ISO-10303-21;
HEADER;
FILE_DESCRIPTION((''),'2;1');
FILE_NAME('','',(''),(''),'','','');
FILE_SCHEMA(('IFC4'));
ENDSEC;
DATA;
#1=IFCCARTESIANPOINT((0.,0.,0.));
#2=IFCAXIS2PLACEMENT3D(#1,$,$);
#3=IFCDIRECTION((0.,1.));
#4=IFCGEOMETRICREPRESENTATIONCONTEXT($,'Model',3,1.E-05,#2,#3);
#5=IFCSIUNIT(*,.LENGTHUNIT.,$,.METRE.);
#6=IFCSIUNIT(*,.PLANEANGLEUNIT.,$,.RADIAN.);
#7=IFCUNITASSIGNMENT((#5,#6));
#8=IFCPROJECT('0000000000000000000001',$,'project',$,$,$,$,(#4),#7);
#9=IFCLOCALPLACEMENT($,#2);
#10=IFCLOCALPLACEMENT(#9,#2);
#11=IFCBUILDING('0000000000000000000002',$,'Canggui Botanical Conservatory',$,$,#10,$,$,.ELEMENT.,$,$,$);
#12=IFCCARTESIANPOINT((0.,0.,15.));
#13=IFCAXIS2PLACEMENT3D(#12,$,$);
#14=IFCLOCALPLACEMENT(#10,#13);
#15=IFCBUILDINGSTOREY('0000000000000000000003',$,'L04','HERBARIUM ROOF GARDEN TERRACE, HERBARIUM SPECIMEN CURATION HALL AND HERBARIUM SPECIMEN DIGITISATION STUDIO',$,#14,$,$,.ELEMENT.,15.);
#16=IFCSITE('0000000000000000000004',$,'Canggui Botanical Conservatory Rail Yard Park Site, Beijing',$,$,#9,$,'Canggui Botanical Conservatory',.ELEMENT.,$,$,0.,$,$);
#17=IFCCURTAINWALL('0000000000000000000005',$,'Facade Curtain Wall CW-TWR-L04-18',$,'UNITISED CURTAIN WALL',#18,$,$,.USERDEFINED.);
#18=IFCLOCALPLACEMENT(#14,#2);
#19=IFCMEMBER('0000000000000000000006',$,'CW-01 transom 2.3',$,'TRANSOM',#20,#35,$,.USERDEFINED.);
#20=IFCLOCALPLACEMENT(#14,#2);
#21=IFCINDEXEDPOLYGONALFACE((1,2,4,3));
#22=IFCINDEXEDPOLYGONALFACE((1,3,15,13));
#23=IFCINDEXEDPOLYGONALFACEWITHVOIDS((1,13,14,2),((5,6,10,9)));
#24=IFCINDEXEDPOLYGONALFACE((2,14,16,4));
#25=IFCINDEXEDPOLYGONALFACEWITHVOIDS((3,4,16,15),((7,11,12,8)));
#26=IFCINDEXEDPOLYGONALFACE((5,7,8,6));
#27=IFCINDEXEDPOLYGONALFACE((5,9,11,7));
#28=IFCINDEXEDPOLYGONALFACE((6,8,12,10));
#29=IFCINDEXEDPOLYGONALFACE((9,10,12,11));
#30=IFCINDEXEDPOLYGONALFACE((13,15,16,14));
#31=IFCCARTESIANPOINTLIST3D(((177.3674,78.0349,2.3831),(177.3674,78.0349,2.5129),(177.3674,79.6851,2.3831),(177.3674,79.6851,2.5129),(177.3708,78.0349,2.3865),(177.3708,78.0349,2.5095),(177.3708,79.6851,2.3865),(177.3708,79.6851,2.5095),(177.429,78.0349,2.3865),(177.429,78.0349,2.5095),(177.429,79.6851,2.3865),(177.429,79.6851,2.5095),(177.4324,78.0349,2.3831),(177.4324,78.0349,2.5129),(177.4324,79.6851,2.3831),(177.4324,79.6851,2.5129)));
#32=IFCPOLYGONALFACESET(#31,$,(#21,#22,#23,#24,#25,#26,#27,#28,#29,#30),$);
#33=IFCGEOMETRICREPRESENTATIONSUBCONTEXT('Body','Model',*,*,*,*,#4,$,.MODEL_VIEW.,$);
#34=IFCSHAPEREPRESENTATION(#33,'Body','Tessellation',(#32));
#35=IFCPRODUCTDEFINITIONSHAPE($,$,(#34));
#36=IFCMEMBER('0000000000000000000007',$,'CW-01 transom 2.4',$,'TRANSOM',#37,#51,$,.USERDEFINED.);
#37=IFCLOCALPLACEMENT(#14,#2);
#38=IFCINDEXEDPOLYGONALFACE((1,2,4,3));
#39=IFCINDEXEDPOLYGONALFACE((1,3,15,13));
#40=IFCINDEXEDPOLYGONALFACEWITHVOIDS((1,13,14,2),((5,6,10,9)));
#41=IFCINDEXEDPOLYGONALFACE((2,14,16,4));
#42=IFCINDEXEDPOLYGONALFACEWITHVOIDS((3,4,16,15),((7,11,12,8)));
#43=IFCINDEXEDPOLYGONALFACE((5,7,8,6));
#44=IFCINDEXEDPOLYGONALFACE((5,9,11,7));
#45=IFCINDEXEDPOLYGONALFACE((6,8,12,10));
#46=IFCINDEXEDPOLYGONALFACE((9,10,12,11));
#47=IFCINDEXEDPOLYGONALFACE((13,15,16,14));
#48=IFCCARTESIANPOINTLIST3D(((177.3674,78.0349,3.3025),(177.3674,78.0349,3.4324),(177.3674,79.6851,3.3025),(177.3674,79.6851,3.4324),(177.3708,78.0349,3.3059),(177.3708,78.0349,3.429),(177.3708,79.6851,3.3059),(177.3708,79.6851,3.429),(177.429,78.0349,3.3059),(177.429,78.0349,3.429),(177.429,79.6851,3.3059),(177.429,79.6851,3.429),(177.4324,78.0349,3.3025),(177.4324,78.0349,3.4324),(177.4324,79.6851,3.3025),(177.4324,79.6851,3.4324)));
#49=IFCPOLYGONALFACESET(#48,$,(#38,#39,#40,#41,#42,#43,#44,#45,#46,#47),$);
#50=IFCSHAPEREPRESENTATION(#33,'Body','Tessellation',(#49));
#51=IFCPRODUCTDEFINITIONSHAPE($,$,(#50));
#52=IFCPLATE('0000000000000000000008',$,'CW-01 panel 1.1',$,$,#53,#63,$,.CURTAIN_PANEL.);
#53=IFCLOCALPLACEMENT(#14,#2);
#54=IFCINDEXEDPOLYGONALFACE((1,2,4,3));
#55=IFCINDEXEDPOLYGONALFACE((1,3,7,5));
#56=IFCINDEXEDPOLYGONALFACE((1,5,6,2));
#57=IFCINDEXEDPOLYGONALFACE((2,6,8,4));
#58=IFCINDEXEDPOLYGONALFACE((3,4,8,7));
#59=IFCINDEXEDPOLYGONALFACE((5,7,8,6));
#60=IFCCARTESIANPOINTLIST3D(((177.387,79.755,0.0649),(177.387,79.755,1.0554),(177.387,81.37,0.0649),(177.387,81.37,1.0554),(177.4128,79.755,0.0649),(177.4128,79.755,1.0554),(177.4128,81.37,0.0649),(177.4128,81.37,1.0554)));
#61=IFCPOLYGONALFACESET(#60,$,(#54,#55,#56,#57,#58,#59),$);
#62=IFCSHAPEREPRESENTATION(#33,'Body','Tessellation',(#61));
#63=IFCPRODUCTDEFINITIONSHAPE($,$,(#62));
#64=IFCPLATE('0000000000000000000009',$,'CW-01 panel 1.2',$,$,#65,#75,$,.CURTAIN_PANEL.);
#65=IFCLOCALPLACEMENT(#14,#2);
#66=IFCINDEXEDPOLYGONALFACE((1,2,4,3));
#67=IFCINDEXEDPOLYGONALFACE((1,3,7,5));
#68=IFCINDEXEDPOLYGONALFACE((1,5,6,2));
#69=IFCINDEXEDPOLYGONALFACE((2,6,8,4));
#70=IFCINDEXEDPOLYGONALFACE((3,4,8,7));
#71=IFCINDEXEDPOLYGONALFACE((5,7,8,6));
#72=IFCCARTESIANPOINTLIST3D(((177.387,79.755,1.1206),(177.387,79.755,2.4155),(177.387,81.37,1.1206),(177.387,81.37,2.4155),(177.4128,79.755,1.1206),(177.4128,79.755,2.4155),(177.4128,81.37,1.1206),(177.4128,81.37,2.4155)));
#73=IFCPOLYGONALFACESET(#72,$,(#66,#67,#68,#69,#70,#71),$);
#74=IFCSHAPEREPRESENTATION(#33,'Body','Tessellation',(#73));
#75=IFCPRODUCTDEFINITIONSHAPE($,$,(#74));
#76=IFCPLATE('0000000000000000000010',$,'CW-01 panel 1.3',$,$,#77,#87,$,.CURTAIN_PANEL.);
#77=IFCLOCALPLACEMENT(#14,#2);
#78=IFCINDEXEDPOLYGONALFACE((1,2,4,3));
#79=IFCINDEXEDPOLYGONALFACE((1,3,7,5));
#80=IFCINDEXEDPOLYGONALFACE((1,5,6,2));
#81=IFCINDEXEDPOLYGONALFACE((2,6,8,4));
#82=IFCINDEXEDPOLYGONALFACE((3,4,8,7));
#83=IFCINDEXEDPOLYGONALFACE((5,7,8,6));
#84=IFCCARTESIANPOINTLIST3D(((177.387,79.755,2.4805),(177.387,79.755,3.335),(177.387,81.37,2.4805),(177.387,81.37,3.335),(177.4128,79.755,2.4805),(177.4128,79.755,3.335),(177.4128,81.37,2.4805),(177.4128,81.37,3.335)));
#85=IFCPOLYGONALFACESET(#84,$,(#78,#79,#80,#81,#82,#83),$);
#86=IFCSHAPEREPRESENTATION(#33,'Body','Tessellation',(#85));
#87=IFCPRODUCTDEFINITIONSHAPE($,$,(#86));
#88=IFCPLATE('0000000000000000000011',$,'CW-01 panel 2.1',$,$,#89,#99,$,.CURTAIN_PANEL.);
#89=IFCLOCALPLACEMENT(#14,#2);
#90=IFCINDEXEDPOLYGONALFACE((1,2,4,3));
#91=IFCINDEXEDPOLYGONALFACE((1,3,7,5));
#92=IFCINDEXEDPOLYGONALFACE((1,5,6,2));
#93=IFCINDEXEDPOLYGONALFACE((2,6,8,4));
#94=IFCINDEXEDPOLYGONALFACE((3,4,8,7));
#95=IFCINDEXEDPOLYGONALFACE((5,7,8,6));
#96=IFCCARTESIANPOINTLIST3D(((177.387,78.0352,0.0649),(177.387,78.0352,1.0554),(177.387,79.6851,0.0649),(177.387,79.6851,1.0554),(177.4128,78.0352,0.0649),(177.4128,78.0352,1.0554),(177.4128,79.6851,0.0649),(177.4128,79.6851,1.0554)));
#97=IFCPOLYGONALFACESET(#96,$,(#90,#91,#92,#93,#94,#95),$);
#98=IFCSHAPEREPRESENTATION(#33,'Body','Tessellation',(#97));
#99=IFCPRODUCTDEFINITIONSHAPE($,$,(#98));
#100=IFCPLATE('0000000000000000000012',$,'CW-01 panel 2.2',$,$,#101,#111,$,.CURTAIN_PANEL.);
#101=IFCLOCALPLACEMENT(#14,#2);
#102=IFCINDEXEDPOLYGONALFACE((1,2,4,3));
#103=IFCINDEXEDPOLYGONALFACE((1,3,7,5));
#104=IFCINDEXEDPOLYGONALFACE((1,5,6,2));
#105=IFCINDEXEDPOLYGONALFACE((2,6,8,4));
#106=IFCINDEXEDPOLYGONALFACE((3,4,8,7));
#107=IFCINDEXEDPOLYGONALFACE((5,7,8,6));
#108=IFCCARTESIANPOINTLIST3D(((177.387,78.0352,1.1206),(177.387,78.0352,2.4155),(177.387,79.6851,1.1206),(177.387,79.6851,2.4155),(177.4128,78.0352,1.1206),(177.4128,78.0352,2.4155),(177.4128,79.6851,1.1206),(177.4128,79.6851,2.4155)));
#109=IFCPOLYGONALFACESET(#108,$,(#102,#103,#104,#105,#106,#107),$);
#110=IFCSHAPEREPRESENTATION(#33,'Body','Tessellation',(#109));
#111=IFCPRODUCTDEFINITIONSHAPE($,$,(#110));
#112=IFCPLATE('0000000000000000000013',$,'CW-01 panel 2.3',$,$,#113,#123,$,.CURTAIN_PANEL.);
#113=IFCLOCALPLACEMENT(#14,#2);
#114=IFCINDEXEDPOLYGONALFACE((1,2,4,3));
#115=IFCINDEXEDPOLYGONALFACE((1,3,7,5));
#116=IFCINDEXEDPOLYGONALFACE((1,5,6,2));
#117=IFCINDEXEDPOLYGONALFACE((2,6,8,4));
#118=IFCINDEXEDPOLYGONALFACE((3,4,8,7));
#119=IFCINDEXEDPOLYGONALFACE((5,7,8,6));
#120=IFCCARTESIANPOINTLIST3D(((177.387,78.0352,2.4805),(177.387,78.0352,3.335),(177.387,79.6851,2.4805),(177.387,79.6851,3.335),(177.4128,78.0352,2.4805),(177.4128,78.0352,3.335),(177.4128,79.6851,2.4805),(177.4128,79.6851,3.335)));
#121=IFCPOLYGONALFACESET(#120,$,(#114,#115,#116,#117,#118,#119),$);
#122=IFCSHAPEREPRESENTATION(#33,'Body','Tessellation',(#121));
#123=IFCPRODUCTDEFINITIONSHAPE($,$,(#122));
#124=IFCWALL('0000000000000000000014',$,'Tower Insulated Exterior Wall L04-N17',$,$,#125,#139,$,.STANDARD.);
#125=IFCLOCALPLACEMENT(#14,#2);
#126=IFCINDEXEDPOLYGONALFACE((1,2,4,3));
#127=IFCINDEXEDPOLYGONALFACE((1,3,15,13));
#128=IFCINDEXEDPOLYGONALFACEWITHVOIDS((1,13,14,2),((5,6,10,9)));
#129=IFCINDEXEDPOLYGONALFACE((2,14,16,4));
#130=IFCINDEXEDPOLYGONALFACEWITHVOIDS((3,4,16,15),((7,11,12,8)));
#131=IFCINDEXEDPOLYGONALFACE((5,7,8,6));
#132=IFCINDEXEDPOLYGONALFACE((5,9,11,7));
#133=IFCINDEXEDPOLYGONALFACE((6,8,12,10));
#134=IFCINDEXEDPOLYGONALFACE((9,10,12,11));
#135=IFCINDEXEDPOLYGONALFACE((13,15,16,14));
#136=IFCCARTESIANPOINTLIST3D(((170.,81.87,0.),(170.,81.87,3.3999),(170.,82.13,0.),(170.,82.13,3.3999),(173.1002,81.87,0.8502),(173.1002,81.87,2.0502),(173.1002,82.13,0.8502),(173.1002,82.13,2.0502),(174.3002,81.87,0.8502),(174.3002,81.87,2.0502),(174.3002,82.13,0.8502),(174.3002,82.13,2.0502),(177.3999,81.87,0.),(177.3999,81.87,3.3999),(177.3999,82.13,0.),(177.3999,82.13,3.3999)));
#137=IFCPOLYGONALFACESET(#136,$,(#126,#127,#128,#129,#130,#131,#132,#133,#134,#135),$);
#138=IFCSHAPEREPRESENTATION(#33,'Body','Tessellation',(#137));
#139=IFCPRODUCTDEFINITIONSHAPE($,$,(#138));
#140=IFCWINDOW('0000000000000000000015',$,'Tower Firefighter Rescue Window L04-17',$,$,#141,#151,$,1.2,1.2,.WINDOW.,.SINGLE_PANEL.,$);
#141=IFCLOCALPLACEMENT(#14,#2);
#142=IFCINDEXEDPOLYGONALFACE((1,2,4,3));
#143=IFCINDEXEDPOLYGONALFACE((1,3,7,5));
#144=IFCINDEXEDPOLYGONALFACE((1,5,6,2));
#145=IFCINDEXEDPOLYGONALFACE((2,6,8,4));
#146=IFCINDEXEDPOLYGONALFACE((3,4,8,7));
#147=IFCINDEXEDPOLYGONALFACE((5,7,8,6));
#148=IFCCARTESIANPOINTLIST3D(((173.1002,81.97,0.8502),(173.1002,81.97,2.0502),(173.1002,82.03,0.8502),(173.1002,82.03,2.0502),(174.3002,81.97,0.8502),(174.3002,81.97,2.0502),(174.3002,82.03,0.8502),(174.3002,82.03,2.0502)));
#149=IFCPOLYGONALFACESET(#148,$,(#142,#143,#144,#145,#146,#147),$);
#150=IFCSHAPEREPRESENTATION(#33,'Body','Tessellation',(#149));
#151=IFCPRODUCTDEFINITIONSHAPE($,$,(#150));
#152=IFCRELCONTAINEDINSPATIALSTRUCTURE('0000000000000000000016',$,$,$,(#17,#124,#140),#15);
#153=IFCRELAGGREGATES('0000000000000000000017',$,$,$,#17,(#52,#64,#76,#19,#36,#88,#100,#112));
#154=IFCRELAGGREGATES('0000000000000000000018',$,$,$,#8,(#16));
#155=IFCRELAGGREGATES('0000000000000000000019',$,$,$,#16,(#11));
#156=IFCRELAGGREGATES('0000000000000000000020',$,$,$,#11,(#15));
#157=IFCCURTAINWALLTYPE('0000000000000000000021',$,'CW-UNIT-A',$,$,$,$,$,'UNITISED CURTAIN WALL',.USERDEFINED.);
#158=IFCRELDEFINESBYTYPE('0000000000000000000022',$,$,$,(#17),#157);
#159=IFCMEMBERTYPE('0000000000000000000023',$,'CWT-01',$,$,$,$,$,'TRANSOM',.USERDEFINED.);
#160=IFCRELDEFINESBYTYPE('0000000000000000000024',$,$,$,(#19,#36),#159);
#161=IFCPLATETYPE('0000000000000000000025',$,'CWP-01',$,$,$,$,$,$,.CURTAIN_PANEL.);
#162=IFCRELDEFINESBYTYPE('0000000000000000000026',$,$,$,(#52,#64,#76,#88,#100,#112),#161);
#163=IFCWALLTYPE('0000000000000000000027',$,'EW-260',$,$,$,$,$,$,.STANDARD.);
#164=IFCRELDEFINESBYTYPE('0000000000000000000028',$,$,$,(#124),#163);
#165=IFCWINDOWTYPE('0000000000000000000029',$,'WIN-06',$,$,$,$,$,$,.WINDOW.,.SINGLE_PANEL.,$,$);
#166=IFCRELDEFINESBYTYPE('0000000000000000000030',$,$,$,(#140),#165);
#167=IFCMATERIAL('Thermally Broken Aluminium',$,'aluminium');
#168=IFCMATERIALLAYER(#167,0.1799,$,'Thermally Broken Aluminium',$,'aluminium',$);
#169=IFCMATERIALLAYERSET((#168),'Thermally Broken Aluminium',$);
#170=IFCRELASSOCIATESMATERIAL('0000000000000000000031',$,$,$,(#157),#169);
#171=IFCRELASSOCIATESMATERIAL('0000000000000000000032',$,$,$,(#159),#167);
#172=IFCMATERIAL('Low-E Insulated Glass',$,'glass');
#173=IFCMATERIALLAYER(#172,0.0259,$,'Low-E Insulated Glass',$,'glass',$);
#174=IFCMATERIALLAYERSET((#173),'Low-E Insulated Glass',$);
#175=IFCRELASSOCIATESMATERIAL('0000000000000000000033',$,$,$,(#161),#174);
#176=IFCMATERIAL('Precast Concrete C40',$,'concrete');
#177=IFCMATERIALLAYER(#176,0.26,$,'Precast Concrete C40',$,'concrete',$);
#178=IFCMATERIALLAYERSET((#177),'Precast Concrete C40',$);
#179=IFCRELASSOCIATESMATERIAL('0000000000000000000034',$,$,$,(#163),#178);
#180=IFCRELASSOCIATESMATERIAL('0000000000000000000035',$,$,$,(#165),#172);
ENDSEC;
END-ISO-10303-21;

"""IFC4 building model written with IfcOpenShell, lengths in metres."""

from ifc_helpers import new_model, si_unit, direction, frame, frame_2d, origin, origin_2d, place, context, subcontext, project, spatial, rectangle, hollow_rectangle, extrude, material, layer, layer_set, material_profile, profile_set, type_object, element, fill, aggregate, save


model = new_model("IFC4")

# Units and contexts
model_context = context("Model", 3, precision=1e-05, world=origin(), true_north=direction((0.0, 1.0)))
body_context = subcontext(model_context, "Body", "Model", "MODEL_VIEW")
ifc_project = project(units=[si_unit("LENGTHUNIT", "METRE"), si_unit("PLANEANGLEUNIT", "RADIAN")], contexts=[model_context])

# Site, building, storey
site_placement = place(None, origin())
site = spatial("IfcSite", under=ifc_project, at=site_placement, Name="Canggui Botanical Conservatory Rail Yard Park Site, Beijing", LongName="Canggui Botanical Conservatory", CompositionType="ELEMENT", RefElevation=0.0)
building_placement = place(site_placement, origin())
building = spatial("IfcBuilding", under=site, at=building_placement, Name="Canggui Botanical Conservatory", CompositionType="ELEMENT")
storey_placement = place(building_placement, frame((0.0, 0.0, 15.0)))
storey = spatial("IfcBuildingStorey", under=building, at=storey_placement, Name="L04", Description="HERBARIUM ROOF GARDEN TERRACE, HERBARIUM SPECIMEN CURATION HALL AND HERBARIUM SPECIMEN DIGITISATION STUDIO", CompositionType="ELEMENT", Elevation=15.0)

# Curtain wall, members, plates
ifc_material_1 = material(Name="Thermally Broken Aluminium", Category="aluminium")
ifc_layer_1 = layer(ifc_material_1, 0.1799, Name="Thermally Broken Aluminium", Category="aluminium")
ifc_layer_set_1 = layer_set([ifc_layer_1], Name="Thermally Broken Aluminium")
curtain_wall_type = type_object("IfcCurtainWallType", Name="CW-UNIT-A", ElementType="UNITISED CURTAIN WALL", PredefinedType="USERDEFINED", material=ifc_layer_set_1)
curtain_wall_placement = place(storey_placement, origin())
curtain_wall = element("IfcCurtainWall", 1, at=curtain_wall_placement, inside=storey, type_object=curtain_wall_type, Name="Facade Curtain Wall CW-TWR-L04-18", ObjectType="UNITISED CURTAIN WALL", PredefinedType="USERDEFINED")
ifc_material_profile_1 = material_profile(ifc_material_1, hollow_rectangle(XDim=0.0649, YDim=0.1299, WallThickness=0.0034, at=origin_2d()), Name="CWT 65x130x3.5")
ifc_profile_set_1 = profile_set([ifc_material_profile_1], Name="Thermally Broken Aluminium")
member_type_1 = type_object("IfcMemberType", Name="CWT-01", ElementType="TRANSOM", PredefinedType="USERDEFINED", material=ifc_profile_set_1)
member_1_placement = place(storey_placement, frame((177.3999, 79.6851, 2.448), z_axis=(0.0, -1.0, 0.0), x_axis=(1.0, 0.0, 0.0)))
member_1 = element("IfcMember", 2, at=member_1_placement, type_object=member_type_1, Name="CW-01 transom 2.3", ObjectType="TRANSOM", PredefinedType="USERDEFINED", context=body_context, shape_type="SweptSolid", body=[
    extrude(hollow_rectangle(XDim=0.0649, YDim=0.1299, WallThickness=0.0034, at=origin_2d()), origin(), (0.0, 0.0, 1.0), 1.6501),
])
member_2_placement = place(storey_placement, frame((177.3999, 79.6851, 3.3674), z_axis=(0.0, -1.0, 0.0), x_axis=(1.0, 0.0, 0.0)))
member_2 = element("IfcMember", 3, at=member_2_placement, type_object=member_type_1, Name="CW-01 transom 2.4", ObjectType="TRANSOM", PredefinedType="USERDEFINED", context=body_context, shape_type="SweptSolid", body=[
    extrude(hollow_rectangle(XDim=0.0649, YDim=0.1299, WallThickness=0.0034, at=origin_2d()), origin(), (0.0, 0.0, 1.0), 1.6501),
])
ifc_material_2 = material(Name="Low-E Insulated Glass", Category="glass")
ifc_layer_2 = layer(ifc_material_2, 0.0259, Name="Low-E Insulated Glass", Category="glass")
ifc_layer_set_2 = layer_set([ifc_layer_2], Name="Low-E Insulated Glass")
plate_type = type_object("IfcPlateType", Name="CWP-01", PredefinedType="CURTAIN_PANEL", material=ifc_layer_set_2)
plate_1_placement = place(storey_placement, frame((177.3999, 80.5625, 0.0649), z_axis=(0.0, 0.0, 1.0), x_axis=(0.0, -1.0, 0.0)))
plate_1 = element("IfcPlate", 4, at=plate_1_placement, type_object=plate_type, Name="CW-01 panel 1.1", PredefinedType="CURTAIN_PANEL", context=body_context, shape_type="SweptSolid", body=[
    extrude(rectangle(XDim=1.615, YDim=0.0259, at=origin_2d()), origin(), (0.0, 0.0, 1.0), 0.9905),
])
plate_2_placement = place(storey_placement, frame((177.3999, 80.5625, 1.1206), z_axis=(0.0, 0.0, 1.0), x_axis=(0.0, -1.0, 0.0)))
plate_2 = element("IfcPlate", 5, at=plate_2_placement, type_object=plate_type, Name="CW-01 panel 1.2", PredefinedType="CURTAIN_PANEL", context=body_context, shape_type="SweptSolid", body=[
    extrude(rectangle(XDim=1.615, YDim=0.0259, at=origin_2d()), origin(), (0.0, 0.0, 1.0), 1.2949),
])
plate_3_placement = place(storey_placement, frame((177.3999, 80.5625, 2.4805), z_axis=(0.0, 0.0, 1.0), x_axis=(0.0, -1.0, 0.0)))
plate_3 = element("IfcPlate", 6, at=plate_3_placement, type_object=plate_type, Name="CW-01 panel 1.3", PredefinedType="CURTAIN_PANEL", context=body_context, shape_type="SweptSolid", body=[
    extrude(rectangle(XDim=1.615, YDim=0.0259, at=origin_2d()), origin(), (0.0, 0.0, 1.0), 0.8545),
])
plate_4_placement = place(storey_placement, frame((177.3999, 78.8601, 0.0649), z_axis=(0.0, 0.0, 1.0), x_axis=(0.0, -1.0, 0.0)))
plate_4 = element("IfcPlate", 7, at=plate_4_placement, type_object=plate_type, Name="CW-01 panel 2.1", PredefinedType="CURTAIN_PANEL", context=body_context, shape_type="SweptSolid", body=[
    extrude(rectangle(XDim=1.6499, YDim=0.0259, at=origin_2d()), origin(), (0.0, 0.0, 1.0), 0.9905),
])
plate_5_placement = place(storey_placement, frame((177.3999, 78.8601, 1.1206), z_axis=(0.0, 0.0, 1.0), x_axis=(0.0, -1.0, 0.0)))
plate_5 = element("IfcPlate", 8, at=plate_5_placement, type_object=plate_type, Name="CW-01 panel 2.2", PredefinedType="CURTAIN_PANEL", context=body_context, shape_type="SweptSolid", body=[
    extrude(rectangle(XDim=1.6499, YDim=0.0259, at=origin_2d()), origin(), (0.0, 0.0, 1.0), 1.2949),
])
plate_6_placement = place(storey_placement, frame((177.3999, 78.8601, 2.4805), z_axis=(0.0, 0.0, 1.0), x_axis=(0.0, -1.0, 0.0)))
plate_6 = element("IfcPlate", 9, at=plate_6_placement, type_object=plate_type, Name="CW-01 panel 2.3", PredefinedType="CURTAIN_PANEL", context=body_context, shape_type="SweptSolid", body=[
    extrude(rectangle(XDim=1.6499, YDim=0.0259, at=origin_2d()), origin(), (0.0, 0.0, 1.0), 0.8545),
])
aggregate(curtain_wall, [plate_1, plate_2, plate_3, member_1, member_2, plate_4, plate_5, plate_6])

# Wall, opening, window
ifc_material_3 = material(Name="Precast Concrete C40", Category="concrete")
ifc_layer_3 = layer(ifc_material_3, 0.26, Name="Precast Concrete C40", Category="concrete")
ifc_layer_set_3 = layer_set([ifc_layer_3], Name="Precast Concrete C40")
wall_type = type_object("IfcWallType", Name="EW-260", PredefinedType="STANDARD", material=ifc_layer_set_3)
wall_placement = place(storey_placement, frame((170.0, 82.0, 0.0), z_axis=(0.0, 0.0, 1.0), x_axis=(1.0, 0.0, 0.0)))
wall = element("IfcWall", 10, at=wall_placement, inside=storey, type_object=wall_type, Name="Tower Insulated Exterior Wall L04-N17", PredefinedType="STANDARD", context=body_context, shape_type="SweptSolid", body=[
    extrude(rectangle(XDim=7.3999, YDim=0.26, at=frame_2d((3.7, 0.0))), origin(), (0.0, 0.0, 1.0), 3.3999),
])
opening_placement = place(wall_placement, frame((3.1001, 0.0, 0.8501)))
opening = element("IfcOpeningElement", 11, at=opening_placement, cuts=wall, PredefinedType="OPENING", context=body_context, shape_type="SweptSolid", body=[
    extrude(rectangle(XDim=1.2, YDim=1.2, at=frame_2d((0.6001, 0.6001))), frame((0.0, 0.1401, 0.0), z_axis=(0.0, -1.0, 0.0), x_axis=(1.0, 0.0, 0.0)), (0.0, 0.0, 1.0), 0.28),
])
window_type = type_object("IfcWindowType", Name="WIN-06", PartitioningType="SINGLE_PANEL", PredefinedType="WINDOW", material=ifc_material_2)
window_placement = place(opening_placement, origin())
window = element("IfcWindow", 12, at=window_placement, inside=storey, type_object=window_type, Name="Tower Firefighter Rescue Window L04-17", OverallHeight=1.2, OverallWidth=1.2, PartitioningType="SINGLE_PANEL", PredefinedType="WINDOW", context=body_context, shape_type="SweptSolid", body=[
    extrude(rectangle(XDim=1.2, YDim=1.2, at=frame_2d((0.6001, 0.6001))), frame((0.0, 0.03, 0.0), z_axis=(0.0, -1.0, 0.0), x_axis=(1.0, 0.0, 0.0)), (0.0, 0.0, 1.0), 0.0601),
])
fill(opening, window)

save(model, "model.ifc")
